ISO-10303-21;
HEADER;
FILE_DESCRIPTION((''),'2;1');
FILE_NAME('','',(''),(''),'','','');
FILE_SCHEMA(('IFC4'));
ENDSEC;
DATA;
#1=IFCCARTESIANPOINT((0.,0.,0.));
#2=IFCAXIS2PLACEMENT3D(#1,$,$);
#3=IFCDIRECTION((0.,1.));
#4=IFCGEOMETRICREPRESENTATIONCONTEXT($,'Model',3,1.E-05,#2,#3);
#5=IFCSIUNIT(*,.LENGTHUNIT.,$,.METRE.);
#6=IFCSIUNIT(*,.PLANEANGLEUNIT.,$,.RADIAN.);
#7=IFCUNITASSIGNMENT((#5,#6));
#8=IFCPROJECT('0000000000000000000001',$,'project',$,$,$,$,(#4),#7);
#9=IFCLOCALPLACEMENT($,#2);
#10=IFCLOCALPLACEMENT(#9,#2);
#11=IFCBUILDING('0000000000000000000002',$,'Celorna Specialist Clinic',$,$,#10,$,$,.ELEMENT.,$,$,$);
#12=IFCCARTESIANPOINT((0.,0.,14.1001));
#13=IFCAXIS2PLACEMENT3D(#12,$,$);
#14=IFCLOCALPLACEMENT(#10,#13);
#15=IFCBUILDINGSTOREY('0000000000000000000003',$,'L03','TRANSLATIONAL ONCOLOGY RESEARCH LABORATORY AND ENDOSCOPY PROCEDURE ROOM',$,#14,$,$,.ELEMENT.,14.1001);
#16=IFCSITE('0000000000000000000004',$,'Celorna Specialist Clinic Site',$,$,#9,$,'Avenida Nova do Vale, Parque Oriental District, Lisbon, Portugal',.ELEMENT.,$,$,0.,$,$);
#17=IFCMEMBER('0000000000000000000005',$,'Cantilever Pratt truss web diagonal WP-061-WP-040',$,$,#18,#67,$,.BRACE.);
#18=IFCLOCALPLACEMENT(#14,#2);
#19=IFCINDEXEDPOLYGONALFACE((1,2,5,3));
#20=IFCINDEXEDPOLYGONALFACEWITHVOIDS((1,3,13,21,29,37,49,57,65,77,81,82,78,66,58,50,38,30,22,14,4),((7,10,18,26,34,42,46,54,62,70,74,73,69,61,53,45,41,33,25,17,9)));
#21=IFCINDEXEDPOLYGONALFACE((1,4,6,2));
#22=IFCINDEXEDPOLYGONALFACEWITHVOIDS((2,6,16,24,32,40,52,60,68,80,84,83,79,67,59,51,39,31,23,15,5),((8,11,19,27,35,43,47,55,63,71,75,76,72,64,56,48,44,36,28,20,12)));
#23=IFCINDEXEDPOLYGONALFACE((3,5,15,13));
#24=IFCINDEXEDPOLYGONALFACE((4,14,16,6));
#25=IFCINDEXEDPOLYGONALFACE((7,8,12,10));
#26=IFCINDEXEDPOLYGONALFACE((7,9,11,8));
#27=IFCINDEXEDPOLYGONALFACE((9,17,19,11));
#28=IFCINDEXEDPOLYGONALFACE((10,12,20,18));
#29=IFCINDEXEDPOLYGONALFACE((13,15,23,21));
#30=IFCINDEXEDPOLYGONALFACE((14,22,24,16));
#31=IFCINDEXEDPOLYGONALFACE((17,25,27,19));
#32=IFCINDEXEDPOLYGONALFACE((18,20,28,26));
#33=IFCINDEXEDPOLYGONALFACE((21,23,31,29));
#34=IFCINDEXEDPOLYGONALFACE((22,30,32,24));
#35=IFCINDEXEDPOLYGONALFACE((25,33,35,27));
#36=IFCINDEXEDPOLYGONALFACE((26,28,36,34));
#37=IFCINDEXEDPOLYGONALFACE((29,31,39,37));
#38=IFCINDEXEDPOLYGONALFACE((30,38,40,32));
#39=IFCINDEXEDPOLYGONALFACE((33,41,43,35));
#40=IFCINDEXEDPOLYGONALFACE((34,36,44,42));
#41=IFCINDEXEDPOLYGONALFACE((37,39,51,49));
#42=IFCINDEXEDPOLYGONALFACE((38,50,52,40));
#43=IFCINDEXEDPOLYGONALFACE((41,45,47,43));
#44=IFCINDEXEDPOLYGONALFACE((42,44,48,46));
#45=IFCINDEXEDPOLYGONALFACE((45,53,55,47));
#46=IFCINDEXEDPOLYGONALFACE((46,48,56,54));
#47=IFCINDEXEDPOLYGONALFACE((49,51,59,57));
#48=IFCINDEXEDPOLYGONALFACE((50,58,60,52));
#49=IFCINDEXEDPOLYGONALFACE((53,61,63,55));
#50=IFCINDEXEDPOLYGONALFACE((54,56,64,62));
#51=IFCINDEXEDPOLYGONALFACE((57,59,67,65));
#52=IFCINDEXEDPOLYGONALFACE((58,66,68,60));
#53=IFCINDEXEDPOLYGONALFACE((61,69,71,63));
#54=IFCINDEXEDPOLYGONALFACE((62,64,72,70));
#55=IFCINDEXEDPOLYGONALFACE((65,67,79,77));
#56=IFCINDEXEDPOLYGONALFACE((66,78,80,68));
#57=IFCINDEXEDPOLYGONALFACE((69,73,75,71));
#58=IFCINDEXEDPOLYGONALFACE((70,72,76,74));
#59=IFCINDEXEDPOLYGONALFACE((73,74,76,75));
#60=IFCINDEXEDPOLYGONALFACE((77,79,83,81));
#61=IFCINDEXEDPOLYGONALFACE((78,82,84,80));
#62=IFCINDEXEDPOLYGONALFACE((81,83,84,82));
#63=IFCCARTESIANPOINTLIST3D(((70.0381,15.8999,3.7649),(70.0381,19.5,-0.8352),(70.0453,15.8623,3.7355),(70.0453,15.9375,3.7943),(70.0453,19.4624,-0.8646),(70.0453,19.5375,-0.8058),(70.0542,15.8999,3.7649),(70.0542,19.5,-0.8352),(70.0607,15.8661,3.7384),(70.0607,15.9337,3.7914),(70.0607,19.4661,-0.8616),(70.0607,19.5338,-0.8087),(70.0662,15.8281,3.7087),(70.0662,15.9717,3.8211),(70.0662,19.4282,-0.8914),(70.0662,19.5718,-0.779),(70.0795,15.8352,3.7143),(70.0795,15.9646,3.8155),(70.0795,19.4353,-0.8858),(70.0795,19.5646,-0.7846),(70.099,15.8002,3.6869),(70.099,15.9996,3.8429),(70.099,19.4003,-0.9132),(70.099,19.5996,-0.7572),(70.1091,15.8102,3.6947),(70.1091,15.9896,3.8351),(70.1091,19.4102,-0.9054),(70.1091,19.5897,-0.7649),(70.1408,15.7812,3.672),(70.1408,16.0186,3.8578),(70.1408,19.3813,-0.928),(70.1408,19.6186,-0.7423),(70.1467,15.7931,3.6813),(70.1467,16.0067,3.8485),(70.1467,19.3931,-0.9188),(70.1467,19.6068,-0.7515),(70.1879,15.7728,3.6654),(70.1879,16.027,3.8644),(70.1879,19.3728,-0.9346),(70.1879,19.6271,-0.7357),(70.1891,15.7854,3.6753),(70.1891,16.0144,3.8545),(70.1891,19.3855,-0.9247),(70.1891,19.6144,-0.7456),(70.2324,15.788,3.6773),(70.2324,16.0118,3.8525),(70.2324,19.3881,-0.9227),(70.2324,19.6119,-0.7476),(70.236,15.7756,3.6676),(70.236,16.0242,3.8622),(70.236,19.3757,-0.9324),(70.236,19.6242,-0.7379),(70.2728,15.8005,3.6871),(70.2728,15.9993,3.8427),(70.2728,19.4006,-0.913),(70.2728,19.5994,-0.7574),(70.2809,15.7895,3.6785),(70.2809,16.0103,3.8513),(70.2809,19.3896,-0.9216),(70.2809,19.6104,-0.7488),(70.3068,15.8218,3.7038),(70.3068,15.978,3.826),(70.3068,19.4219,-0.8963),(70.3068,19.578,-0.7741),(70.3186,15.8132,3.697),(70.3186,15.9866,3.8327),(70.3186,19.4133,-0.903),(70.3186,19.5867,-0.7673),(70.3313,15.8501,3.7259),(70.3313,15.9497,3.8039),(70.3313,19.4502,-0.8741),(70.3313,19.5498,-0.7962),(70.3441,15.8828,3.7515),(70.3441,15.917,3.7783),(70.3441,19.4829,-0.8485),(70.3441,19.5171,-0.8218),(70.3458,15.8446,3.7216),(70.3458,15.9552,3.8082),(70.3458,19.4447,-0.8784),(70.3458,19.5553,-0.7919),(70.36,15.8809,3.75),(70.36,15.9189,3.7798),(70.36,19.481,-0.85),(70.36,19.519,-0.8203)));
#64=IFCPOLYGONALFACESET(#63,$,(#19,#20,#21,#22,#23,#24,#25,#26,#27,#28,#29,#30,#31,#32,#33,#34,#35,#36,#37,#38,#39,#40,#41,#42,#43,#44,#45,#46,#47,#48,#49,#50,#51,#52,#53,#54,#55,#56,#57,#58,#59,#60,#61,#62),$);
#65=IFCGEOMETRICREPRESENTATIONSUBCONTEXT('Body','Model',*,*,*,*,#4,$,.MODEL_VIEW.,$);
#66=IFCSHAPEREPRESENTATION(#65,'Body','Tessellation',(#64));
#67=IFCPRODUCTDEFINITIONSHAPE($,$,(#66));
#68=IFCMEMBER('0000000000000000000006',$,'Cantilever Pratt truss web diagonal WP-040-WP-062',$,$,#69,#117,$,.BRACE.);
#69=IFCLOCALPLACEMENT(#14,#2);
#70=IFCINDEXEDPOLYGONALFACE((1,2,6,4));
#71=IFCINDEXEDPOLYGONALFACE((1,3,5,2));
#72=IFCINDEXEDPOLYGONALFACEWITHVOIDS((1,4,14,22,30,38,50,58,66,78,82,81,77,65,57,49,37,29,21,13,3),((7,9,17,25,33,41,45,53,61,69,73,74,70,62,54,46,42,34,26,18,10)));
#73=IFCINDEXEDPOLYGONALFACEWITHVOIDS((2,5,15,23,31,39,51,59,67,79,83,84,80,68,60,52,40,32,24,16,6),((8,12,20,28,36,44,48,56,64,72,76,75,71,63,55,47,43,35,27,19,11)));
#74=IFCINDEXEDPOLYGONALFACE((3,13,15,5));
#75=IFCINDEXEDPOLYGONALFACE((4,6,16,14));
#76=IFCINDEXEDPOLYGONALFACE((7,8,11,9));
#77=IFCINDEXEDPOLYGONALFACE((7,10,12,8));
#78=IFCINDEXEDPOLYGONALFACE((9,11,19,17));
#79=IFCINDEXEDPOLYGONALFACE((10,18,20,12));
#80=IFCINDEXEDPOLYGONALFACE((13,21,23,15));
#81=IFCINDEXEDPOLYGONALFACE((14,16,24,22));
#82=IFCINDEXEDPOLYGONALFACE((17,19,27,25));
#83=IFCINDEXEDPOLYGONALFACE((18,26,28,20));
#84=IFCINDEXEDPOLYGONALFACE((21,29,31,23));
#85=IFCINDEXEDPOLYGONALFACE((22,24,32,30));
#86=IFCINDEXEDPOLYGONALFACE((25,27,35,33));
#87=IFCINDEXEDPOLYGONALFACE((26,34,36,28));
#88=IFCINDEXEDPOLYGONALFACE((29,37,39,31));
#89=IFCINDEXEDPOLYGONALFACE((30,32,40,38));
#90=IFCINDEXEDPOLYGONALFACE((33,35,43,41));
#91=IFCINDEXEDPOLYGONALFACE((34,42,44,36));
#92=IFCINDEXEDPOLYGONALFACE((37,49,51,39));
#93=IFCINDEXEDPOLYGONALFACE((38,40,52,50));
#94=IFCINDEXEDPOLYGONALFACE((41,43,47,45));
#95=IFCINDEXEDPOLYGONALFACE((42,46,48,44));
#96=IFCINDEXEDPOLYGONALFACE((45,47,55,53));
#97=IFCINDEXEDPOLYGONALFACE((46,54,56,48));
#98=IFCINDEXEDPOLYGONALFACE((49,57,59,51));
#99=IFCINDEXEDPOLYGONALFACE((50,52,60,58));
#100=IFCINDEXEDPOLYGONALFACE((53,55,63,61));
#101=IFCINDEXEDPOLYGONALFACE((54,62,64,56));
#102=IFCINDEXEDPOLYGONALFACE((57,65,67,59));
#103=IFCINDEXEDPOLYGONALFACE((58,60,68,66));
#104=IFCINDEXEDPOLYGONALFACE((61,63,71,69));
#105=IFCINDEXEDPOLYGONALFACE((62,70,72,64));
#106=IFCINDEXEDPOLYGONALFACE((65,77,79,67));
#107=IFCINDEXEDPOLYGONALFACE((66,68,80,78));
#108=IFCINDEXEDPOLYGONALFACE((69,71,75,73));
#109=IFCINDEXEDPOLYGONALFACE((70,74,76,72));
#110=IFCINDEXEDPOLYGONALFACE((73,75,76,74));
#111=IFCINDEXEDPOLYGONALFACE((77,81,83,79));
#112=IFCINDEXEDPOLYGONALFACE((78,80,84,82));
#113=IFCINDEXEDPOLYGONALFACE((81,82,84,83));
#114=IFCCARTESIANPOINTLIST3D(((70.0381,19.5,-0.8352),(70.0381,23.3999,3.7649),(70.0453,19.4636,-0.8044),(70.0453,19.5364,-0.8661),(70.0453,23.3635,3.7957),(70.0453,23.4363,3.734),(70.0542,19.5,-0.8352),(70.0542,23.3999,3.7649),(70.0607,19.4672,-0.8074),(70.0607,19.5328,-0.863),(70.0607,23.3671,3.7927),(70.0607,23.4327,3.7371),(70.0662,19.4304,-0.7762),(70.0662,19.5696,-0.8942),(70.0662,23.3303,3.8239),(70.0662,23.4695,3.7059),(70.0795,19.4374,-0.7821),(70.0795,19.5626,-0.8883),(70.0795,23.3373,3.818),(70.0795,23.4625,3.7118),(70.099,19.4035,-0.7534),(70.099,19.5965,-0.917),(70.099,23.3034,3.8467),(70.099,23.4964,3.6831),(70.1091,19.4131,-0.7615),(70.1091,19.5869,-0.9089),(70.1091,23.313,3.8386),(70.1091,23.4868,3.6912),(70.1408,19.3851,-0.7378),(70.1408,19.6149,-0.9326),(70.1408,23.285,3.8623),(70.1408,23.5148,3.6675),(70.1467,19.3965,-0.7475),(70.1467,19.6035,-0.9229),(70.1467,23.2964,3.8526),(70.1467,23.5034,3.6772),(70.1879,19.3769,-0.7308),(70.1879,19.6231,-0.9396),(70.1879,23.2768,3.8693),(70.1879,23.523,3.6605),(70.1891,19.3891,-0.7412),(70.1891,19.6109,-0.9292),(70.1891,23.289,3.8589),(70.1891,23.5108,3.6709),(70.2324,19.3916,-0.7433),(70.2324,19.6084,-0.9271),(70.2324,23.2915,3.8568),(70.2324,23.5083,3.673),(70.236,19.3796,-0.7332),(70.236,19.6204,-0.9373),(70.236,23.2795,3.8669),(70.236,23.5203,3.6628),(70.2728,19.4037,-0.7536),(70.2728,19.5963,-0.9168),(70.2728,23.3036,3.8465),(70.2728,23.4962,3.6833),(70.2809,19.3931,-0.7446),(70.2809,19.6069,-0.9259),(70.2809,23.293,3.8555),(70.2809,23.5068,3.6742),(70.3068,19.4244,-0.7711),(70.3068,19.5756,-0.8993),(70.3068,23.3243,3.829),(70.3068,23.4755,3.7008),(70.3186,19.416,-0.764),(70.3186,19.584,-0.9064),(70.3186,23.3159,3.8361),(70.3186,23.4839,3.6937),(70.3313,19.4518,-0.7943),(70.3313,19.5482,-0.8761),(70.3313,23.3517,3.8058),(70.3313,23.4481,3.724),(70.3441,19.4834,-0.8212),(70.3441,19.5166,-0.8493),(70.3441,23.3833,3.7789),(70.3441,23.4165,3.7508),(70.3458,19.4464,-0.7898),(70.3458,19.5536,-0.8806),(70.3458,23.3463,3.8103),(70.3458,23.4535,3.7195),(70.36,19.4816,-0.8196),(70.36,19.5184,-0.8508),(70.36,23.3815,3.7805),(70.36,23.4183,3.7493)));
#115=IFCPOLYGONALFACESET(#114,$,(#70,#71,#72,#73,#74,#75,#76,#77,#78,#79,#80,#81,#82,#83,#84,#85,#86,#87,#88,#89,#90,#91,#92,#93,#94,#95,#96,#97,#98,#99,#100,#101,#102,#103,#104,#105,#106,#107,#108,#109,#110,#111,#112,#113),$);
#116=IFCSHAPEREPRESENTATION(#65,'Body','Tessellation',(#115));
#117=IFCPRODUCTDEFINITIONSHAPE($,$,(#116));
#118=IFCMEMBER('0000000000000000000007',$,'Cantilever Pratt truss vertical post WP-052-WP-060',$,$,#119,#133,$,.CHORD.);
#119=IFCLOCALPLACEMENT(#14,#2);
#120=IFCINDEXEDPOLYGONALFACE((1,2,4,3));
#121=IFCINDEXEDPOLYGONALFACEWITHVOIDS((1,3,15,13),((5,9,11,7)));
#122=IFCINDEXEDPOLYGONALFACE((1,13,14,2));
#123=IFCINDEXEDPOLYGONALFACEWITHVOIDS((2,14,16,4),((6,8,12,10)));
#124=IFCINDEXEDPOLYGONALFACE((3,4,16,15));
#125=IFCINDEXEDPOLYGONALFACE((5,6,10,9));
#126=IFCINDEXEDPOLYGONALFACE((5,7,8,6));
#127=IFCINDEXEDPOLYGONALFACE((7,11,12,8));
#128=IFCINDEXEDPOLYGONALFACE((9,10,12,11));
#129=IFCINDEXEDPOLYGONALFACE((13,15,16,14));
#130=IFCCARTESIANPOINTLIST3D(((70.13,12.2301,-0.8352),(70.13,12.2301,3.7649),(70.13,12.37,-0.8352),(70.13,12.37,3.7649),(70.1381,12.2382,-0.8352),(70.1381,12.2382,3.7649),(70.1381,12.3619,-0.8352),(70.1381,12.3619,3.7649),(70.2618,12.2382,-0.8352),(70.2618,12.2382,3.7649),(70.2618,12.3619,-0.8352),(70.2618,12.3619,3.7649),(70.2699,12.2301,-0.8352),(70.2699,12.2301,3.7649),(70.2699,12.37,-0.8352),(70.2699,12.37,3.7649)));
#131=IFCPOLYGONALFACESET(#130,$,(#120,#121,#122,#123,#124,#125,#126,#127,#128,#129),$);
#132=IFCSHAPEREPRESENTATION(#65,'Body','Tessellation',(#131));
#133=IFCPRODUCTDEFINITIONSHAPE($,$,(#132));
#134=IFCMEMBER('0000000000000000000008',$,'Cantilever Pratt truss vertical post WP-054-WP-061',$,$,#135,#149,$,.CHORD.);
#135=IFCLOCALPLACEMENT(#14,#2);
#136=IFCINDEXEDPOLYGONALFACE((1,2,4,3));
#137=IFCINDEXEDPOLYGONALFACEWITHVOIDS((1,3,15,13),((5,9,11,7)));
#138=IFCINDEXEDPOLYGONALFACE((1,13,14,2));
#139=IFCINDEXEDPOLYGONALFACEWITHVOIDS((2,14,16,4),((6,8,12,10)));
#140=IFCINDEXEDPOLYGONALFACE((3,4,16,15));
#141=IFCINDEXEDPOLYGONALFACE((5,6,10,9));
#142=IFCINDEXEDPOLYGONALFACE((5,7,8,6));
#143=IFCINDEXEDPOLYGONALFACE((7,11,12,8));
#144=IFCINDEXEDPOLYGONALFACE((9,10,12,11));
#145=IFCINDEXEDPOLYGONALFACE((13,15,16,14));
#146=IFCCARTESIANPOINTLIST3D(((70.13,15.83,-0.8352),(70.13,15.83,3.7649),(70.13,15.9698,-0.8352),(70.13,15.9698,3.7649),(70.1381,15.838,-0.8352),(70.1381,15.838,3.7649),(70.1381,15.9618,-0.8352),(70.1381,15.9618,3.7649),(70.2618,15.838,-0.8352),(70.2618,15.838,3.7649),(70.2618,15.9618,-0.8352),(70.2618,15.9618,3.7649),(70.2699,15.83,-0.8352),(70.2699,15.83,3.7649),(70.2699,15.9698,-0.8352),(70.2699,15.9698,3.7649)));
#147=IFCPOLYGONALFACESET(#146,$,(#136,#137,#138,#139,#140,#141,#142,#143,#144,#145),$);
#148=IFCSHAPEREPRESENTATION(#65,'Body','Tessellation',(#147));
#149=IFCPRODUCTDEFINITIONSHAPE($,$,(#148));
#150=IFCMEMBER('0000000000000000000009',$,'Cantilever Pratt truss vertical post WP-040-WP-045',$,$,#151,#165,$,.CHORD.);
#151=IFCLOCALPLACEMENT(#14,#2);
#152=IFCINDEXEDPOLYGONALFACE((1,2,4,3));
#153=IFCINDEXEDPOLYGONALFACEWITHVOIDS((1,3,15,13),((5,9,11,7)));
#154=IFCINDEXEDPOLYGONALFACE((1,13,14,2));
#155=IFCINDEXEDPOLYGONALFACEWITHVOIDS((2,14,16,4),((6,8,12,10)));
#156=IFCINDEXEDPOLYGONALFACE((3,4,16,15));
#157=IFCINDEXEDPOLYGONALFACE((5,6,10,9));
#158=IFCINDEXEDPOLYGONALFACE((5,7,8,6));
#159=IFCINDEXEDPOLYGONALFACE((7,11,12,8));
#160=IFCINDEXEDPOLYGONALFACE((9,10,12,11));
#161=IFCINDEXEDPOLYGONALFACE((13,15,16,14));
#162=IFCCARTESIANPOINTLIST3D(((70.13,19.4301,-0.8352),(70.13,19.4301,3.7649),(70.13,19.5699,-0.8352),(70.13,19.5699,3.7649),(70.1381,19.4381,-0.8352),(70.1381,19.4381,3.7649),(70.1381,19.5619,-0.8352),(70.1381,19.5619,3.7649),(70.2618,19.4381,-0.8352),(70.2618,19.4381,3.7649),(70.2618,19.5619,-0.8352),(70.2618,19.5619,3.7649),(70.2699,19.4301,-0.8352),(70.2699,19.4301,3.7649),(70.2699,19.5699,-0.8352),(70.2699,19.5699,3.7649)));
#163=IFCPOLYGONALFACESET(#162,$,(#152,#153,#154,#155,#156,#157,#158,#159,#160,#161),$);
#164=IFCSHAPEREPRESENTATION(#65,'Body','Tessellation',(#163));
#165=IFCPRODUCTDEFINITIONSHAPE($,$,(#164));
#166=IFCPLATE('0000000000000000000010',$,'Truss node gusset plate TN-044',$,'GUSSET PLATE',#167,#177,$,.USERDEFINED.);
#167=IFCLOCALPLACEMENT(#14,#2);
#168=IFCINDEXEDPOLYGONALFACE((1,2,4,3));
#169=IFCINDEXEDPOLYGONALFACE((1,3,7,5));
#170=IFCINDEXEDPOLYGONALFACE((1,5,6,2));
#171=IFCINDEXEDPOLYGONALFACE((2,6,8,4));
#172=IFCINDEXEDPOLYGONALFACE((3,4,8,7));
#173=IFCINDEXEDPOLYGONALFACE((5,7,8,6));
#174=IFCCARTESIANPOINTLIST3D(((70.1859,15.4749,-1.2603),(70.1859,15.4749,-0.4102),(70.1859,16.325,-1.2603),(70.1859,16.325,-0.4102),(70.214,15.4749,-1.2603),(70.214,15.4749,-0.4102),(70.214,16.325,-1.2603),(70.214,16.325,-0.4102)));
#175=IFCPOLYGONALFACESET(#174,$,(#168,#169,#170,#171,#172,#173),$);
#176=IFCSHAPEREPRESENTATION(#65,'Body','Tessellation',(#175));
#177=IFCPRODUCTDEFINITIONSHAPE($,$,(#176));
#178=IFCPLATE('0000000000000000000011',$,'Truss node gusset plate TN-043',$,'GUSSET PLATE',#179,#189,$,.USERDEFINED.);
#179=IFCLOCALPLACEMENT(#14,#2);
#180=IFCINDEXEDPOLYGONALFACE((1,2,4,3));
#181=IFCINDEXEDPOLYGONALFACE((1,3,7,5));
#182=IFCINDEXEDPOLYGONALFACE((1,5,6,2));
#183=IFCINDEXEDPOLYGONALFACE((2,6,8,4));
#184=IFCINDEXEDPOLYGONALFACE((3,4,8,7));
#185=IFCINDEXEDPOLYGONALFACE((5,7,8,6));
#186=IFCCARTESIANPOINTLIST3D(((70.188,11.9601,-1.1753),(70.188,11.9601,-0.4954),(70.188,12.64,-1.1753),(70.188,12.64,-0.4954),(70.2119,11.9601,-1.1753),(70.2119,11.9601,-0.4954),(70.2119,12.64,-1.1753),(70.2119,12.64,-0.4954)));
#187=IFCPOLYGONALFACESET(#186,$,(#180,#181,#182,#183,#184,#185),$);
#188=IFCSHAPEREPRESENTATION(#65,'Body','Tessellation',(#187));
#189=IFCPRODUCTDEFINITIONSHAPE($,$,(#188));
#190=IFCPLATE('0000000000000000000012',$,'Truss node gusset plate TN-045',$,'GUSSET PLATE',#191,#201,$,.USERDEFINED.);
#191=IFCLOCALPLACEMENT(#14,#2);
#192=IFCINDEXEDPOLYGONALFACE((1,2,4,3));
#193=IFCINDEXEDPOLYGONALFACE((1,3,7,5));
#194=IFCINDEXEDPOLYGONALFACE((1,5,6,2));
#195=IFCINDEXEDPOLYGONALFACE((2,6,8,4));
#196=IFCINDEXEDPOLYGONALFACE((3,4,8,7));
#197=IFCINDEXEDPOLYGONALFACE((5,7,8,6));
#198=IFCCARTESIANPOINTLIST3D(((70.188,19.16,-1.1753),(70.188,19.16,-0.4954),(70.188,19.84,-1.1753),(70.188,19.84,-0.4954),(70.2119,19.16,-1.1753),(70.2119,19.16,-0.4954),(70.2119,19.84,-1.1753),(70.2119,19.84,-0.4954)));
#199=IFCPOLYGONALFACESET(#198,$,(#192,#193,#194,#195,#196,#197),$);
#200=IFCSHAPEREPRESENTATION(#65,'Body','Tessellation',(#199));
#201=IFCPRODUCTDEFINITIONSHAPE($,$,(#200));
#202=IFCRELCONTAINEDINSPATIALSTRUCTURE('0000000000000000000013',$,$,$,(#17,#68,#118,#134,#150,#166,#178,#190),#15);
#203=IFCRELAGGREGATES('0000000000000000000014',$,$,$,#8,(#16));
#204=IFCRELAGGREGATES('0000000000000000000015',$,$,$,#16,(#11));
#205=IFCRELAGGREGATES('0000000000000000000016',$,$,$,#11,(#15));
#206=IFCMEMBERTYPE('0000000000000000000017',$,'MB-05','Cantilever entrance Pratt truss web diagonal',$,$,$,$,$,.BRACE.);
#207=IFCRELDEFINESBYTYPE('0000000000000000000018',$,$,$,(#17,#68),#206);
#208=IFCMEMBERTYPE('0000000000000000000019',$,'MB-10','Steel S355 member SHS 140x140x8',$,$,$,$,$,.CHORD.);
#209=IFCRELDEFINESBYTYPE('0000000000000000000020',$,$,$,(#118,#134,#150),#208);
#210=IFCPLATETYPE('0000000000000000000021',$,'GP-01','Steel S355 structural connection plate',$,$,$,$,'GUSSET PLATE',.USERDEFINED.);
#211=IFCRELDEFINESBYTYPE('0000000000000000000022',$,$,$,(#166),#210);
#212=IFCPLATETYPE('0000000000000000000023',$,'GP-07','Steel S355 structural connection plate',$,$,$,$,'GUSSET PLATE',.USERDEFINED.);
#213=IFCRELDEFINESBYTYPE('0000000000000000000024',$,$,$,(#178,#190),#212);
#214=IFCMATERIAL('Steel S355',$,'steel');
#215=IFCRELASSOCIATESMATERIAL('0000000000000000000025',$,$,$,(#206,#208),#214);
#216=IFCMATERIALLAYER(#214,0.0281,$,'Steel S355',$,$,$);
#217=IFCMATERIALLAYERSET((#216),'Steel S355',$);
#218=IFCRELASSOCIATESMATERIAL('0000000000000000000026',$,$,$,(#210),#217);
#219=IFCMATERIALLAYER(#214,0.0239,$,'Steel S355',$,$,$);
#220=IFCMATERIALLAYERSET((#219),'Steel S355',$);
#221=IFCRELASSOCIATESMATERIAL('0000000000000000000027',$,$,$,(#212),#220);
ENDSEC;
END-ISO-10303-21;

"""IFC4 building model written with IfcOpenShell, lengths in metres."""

from ifc_helpers import new_model, si_unit, direction, frame, origin, origin_2d, place, context, subcontext, project, spatial, rectangle, hollow_rectangle, hollow_circle, extrude, material, layer, layer_set, material_profile, profile_set, type_object, element, save


model = new_model("IFC4")

# Units and contexts
model_context = context("Model", 3, precision=1e-05, world=origin(), true_north=direction((0.0, 1.0)))
body_context = subcontext(model_context, "Body", "Model", "MODEL_VIEW")
ifc_project = project(units=[si_unit("LENGTHUNIT", "METRE"), si_unit("PLANEANGLEUNIT", "RADIAN")], contexts=[model_context])

# Site, building, storey
site_placement = place(None, origin())
site = spatial("IfcSite", under=ifc_project, at=site_placement, Name="Celorna Specialist Clinic Site", LongName="Avenida Nova do Vale, Parque Oriental District, Lisbon, Portugal", CompositionType="ELEMENT", RefElevation=0.0)
building_placement = place(site_placement, origin())
building = spatial("IfcBuilding", under=site, at=building_placement, Name="Celorna Specialist Clinic", CompositionType="ELEMENT")
storey_placement = place(building_placement, frame((0.0, 0.0, 14.1001)))
storey = spatial("IfcBuildingStorey", under=building, at=storey_placement, Name="L03", Description="TRANSLATIONAL ONCOLOGY RESEARCH LABORATORY AND ENDOSCOPY PROCEDURE ROOM", CompositionType="ELEMENT", Elevation=14.1001)

# Shared definitions
ifc_material_1 = material(Name="Steel S355", Category="steel")

# Members
ifc_material_profile_1 = material_profile(ifc_material_1, hollow_circle(Radius=0.1619, WallThickness=0.0161, at=origin_2d()), Name="CHS 323.9x16")
ifc_profile_set_1 = profile_set([ifc_material_profile_1], Name="Steel S355")
member_type_1 = type_object("IfcMemberType", Name="MB-05", Description="Cantilever entrance Pratt truss web diagonal", PredefinedType="BRACE", material=ifc_profile_set_1)
for number, where, z_axis, x_axis, name in (
    (1, (70.2, 15.8999, 3.7649), (0.0, 0.616311, -0.787503), (-1.0, 0.0, 0.0), "Cantilever Pratt truss web diagonal WP-061-WP-040"),
):
    element("IfcMember", number, at=place(storey_placement, frame(where, z_axis=z_axis, x_axis=x_axis)), inside=storey, type_object=member_type_1, Name=name, PredefinedType="BRACE", context=body_context, shape_type="SweptSolid", body=[
        extrude(hollow_circle(Radius=0.1619, WallThickness=0.0161, at=origin_2d()), origin(), (0.0, 0.0, 1.0), 5.8413),
    ])
member_placement = place(storey_placement, frame((70.2, 19.5, -0.8352), z_axis=(0.0, 0.646668, 0.762772), x_axis=(-1.0, 0.0, 0.0)))
element("IfcMember", 2, at=member_placement, inside=storey, type_object=member_type_1, Name="Cantilever Pratt truss web diagonal WP-040-WP-062", PredefinedType="BRACE", context=body_context, shape_type="SweptSolid", body=[
    extrude(hollow_circle(Radius=0.1619, WallThickness=0.0161, at=origin_2d()), origin(), (0.0, 0.0, 1.0), 6.0308),
])
ifc_material_profile_2 = material_profile(ifc_material_1, hollow_rectangle(XDim=0.1399, YDim=0.1399, WallThickness=0.0081, at=origin_2d()), Name="SHS 140x140x8")
ifc_profile_set_2 = profile_set([ifc_material_profile_2], Name="Steel S355")
member_type_2 = type_object("IfcMemberType", Name="MB-10", Description="Steel S355 member SHS 140x140x8", PredefinedType="CHORD", material=ifc_profile_set_2)
for number, where, z_axis, x_axis, name in (
    (3, (70.2, 12.3, -0.8352), (0.0, 0.0, 1.0), (1.0, 0.0, 0.0), "Cantilever Pratt truss vertical post WP-052-WP-060"),
    (4, (70.2, 15.8999, -0.8352), (0.0, 0.0, 1.0), (1.0, 0.0, 0.0), "Cantilever Pratt truss vertical post WP-054-WP-061"),
    (5, (70.2, 19.5, -0.8352), (0.0, 0.0, 1.0), (1.0, 0.0, 0.0), "Cantilever Pratt truss vertical post WP-040-WP-045"),
):
    element("IfcMember", number, at=place(storey_placement, frame(where, z_axis=z_axis, x_axis=x_axis)), inside=storey, type_object=member_type_2, Name=name, PredefinedType="CHORD", context=body_context, shape_type="SweptSolid", body=[
        extrude(hollow_rectangle(XDim=0.1399, YDim=0.1399, WallThickness=0.0081, at=origin_2d()), origin(), (0.0, 0.0, 1.0), 4.6001),
    ])

# Plates
ifc_layer_1 = layer(ifc_material_1, 0.0281, Name="Steel S355")
ifc_layer_set_1 = layer_set([ifc_layer_1], Name="Steel S355")
plate_type_1 = type_object("IfcPlateType", Name="GP-01", Description="Steel S355 structural connection plate", ElementType="GUSSET PLATE", PredefinedType="USERDEFINED", material=ifc_layer_set_1)
plate_placement = place(storey_placement, frame((70.2, 15.8999, -1.2603), z_axis=(0.0, 0.0, 1.0), x_axis=(0.0, 1.0, 0.0)))
element("IfcPlate", 6, at=plate_placement, inside=storey, type_object=plate_type_1, Name="Truss node gusset plate TN-044", ObjectType="GUSSET PLATE", PredefinedType="USERDEFINED", context=body_context, shape_type="SweptSolid", body=[
    extrude(rectangle(XDim=0.8501, YDim=0.0281, at=origin_2d()), origin(), (0.0, 0.0, 1.0), 0.8501),
])
ifc_layer_2 = layer(ifc_material_1, 0.0239, Name="Steel S355")
ifc_layer_set_2 = layer_set([ifc_layer_2], Name="Steel S355")
plate_type_2 = type_object("IfcPlateType", Name="GP-07", Description="Steel S355 structural connection plate", ElementType="GUSSET PLATE", PredefinedType="USERDEFINED", material=ifc_layer_set_2)
for number, where, z_axis, x_axis, name in (
    (7, (70.2, 12.3, -1.1753), (0.0, 0.0, 1.0), (0.0, 1.0, 0.0), "Truss node gusset plate TN-043"),
    (8, (70.2, 19.5, -1.1753), (0.0, 0.0, 1.0), (0.0, 1.0, 0.0), "Truss node gusset plate TN-045"),
):
    element("IfcPlate", number, at=place(storey_placement, frame(where, z_axis=z_axis, x_axis=x_axis)), inside=storey, type_object=plate_type_2, Name=name, ObjectType="GUSSET PLATE", PredefinedType="USERDEFINED", context=body_context, shape_type="SweptSolid", body=[
        extrude(rectangle(XDim=0.6799, YDim=0.0239, at=origin_2d()), origin(), (0.0, 0.0, 1.0), 0.6799),
    ])

save(model, "model.ifc")
